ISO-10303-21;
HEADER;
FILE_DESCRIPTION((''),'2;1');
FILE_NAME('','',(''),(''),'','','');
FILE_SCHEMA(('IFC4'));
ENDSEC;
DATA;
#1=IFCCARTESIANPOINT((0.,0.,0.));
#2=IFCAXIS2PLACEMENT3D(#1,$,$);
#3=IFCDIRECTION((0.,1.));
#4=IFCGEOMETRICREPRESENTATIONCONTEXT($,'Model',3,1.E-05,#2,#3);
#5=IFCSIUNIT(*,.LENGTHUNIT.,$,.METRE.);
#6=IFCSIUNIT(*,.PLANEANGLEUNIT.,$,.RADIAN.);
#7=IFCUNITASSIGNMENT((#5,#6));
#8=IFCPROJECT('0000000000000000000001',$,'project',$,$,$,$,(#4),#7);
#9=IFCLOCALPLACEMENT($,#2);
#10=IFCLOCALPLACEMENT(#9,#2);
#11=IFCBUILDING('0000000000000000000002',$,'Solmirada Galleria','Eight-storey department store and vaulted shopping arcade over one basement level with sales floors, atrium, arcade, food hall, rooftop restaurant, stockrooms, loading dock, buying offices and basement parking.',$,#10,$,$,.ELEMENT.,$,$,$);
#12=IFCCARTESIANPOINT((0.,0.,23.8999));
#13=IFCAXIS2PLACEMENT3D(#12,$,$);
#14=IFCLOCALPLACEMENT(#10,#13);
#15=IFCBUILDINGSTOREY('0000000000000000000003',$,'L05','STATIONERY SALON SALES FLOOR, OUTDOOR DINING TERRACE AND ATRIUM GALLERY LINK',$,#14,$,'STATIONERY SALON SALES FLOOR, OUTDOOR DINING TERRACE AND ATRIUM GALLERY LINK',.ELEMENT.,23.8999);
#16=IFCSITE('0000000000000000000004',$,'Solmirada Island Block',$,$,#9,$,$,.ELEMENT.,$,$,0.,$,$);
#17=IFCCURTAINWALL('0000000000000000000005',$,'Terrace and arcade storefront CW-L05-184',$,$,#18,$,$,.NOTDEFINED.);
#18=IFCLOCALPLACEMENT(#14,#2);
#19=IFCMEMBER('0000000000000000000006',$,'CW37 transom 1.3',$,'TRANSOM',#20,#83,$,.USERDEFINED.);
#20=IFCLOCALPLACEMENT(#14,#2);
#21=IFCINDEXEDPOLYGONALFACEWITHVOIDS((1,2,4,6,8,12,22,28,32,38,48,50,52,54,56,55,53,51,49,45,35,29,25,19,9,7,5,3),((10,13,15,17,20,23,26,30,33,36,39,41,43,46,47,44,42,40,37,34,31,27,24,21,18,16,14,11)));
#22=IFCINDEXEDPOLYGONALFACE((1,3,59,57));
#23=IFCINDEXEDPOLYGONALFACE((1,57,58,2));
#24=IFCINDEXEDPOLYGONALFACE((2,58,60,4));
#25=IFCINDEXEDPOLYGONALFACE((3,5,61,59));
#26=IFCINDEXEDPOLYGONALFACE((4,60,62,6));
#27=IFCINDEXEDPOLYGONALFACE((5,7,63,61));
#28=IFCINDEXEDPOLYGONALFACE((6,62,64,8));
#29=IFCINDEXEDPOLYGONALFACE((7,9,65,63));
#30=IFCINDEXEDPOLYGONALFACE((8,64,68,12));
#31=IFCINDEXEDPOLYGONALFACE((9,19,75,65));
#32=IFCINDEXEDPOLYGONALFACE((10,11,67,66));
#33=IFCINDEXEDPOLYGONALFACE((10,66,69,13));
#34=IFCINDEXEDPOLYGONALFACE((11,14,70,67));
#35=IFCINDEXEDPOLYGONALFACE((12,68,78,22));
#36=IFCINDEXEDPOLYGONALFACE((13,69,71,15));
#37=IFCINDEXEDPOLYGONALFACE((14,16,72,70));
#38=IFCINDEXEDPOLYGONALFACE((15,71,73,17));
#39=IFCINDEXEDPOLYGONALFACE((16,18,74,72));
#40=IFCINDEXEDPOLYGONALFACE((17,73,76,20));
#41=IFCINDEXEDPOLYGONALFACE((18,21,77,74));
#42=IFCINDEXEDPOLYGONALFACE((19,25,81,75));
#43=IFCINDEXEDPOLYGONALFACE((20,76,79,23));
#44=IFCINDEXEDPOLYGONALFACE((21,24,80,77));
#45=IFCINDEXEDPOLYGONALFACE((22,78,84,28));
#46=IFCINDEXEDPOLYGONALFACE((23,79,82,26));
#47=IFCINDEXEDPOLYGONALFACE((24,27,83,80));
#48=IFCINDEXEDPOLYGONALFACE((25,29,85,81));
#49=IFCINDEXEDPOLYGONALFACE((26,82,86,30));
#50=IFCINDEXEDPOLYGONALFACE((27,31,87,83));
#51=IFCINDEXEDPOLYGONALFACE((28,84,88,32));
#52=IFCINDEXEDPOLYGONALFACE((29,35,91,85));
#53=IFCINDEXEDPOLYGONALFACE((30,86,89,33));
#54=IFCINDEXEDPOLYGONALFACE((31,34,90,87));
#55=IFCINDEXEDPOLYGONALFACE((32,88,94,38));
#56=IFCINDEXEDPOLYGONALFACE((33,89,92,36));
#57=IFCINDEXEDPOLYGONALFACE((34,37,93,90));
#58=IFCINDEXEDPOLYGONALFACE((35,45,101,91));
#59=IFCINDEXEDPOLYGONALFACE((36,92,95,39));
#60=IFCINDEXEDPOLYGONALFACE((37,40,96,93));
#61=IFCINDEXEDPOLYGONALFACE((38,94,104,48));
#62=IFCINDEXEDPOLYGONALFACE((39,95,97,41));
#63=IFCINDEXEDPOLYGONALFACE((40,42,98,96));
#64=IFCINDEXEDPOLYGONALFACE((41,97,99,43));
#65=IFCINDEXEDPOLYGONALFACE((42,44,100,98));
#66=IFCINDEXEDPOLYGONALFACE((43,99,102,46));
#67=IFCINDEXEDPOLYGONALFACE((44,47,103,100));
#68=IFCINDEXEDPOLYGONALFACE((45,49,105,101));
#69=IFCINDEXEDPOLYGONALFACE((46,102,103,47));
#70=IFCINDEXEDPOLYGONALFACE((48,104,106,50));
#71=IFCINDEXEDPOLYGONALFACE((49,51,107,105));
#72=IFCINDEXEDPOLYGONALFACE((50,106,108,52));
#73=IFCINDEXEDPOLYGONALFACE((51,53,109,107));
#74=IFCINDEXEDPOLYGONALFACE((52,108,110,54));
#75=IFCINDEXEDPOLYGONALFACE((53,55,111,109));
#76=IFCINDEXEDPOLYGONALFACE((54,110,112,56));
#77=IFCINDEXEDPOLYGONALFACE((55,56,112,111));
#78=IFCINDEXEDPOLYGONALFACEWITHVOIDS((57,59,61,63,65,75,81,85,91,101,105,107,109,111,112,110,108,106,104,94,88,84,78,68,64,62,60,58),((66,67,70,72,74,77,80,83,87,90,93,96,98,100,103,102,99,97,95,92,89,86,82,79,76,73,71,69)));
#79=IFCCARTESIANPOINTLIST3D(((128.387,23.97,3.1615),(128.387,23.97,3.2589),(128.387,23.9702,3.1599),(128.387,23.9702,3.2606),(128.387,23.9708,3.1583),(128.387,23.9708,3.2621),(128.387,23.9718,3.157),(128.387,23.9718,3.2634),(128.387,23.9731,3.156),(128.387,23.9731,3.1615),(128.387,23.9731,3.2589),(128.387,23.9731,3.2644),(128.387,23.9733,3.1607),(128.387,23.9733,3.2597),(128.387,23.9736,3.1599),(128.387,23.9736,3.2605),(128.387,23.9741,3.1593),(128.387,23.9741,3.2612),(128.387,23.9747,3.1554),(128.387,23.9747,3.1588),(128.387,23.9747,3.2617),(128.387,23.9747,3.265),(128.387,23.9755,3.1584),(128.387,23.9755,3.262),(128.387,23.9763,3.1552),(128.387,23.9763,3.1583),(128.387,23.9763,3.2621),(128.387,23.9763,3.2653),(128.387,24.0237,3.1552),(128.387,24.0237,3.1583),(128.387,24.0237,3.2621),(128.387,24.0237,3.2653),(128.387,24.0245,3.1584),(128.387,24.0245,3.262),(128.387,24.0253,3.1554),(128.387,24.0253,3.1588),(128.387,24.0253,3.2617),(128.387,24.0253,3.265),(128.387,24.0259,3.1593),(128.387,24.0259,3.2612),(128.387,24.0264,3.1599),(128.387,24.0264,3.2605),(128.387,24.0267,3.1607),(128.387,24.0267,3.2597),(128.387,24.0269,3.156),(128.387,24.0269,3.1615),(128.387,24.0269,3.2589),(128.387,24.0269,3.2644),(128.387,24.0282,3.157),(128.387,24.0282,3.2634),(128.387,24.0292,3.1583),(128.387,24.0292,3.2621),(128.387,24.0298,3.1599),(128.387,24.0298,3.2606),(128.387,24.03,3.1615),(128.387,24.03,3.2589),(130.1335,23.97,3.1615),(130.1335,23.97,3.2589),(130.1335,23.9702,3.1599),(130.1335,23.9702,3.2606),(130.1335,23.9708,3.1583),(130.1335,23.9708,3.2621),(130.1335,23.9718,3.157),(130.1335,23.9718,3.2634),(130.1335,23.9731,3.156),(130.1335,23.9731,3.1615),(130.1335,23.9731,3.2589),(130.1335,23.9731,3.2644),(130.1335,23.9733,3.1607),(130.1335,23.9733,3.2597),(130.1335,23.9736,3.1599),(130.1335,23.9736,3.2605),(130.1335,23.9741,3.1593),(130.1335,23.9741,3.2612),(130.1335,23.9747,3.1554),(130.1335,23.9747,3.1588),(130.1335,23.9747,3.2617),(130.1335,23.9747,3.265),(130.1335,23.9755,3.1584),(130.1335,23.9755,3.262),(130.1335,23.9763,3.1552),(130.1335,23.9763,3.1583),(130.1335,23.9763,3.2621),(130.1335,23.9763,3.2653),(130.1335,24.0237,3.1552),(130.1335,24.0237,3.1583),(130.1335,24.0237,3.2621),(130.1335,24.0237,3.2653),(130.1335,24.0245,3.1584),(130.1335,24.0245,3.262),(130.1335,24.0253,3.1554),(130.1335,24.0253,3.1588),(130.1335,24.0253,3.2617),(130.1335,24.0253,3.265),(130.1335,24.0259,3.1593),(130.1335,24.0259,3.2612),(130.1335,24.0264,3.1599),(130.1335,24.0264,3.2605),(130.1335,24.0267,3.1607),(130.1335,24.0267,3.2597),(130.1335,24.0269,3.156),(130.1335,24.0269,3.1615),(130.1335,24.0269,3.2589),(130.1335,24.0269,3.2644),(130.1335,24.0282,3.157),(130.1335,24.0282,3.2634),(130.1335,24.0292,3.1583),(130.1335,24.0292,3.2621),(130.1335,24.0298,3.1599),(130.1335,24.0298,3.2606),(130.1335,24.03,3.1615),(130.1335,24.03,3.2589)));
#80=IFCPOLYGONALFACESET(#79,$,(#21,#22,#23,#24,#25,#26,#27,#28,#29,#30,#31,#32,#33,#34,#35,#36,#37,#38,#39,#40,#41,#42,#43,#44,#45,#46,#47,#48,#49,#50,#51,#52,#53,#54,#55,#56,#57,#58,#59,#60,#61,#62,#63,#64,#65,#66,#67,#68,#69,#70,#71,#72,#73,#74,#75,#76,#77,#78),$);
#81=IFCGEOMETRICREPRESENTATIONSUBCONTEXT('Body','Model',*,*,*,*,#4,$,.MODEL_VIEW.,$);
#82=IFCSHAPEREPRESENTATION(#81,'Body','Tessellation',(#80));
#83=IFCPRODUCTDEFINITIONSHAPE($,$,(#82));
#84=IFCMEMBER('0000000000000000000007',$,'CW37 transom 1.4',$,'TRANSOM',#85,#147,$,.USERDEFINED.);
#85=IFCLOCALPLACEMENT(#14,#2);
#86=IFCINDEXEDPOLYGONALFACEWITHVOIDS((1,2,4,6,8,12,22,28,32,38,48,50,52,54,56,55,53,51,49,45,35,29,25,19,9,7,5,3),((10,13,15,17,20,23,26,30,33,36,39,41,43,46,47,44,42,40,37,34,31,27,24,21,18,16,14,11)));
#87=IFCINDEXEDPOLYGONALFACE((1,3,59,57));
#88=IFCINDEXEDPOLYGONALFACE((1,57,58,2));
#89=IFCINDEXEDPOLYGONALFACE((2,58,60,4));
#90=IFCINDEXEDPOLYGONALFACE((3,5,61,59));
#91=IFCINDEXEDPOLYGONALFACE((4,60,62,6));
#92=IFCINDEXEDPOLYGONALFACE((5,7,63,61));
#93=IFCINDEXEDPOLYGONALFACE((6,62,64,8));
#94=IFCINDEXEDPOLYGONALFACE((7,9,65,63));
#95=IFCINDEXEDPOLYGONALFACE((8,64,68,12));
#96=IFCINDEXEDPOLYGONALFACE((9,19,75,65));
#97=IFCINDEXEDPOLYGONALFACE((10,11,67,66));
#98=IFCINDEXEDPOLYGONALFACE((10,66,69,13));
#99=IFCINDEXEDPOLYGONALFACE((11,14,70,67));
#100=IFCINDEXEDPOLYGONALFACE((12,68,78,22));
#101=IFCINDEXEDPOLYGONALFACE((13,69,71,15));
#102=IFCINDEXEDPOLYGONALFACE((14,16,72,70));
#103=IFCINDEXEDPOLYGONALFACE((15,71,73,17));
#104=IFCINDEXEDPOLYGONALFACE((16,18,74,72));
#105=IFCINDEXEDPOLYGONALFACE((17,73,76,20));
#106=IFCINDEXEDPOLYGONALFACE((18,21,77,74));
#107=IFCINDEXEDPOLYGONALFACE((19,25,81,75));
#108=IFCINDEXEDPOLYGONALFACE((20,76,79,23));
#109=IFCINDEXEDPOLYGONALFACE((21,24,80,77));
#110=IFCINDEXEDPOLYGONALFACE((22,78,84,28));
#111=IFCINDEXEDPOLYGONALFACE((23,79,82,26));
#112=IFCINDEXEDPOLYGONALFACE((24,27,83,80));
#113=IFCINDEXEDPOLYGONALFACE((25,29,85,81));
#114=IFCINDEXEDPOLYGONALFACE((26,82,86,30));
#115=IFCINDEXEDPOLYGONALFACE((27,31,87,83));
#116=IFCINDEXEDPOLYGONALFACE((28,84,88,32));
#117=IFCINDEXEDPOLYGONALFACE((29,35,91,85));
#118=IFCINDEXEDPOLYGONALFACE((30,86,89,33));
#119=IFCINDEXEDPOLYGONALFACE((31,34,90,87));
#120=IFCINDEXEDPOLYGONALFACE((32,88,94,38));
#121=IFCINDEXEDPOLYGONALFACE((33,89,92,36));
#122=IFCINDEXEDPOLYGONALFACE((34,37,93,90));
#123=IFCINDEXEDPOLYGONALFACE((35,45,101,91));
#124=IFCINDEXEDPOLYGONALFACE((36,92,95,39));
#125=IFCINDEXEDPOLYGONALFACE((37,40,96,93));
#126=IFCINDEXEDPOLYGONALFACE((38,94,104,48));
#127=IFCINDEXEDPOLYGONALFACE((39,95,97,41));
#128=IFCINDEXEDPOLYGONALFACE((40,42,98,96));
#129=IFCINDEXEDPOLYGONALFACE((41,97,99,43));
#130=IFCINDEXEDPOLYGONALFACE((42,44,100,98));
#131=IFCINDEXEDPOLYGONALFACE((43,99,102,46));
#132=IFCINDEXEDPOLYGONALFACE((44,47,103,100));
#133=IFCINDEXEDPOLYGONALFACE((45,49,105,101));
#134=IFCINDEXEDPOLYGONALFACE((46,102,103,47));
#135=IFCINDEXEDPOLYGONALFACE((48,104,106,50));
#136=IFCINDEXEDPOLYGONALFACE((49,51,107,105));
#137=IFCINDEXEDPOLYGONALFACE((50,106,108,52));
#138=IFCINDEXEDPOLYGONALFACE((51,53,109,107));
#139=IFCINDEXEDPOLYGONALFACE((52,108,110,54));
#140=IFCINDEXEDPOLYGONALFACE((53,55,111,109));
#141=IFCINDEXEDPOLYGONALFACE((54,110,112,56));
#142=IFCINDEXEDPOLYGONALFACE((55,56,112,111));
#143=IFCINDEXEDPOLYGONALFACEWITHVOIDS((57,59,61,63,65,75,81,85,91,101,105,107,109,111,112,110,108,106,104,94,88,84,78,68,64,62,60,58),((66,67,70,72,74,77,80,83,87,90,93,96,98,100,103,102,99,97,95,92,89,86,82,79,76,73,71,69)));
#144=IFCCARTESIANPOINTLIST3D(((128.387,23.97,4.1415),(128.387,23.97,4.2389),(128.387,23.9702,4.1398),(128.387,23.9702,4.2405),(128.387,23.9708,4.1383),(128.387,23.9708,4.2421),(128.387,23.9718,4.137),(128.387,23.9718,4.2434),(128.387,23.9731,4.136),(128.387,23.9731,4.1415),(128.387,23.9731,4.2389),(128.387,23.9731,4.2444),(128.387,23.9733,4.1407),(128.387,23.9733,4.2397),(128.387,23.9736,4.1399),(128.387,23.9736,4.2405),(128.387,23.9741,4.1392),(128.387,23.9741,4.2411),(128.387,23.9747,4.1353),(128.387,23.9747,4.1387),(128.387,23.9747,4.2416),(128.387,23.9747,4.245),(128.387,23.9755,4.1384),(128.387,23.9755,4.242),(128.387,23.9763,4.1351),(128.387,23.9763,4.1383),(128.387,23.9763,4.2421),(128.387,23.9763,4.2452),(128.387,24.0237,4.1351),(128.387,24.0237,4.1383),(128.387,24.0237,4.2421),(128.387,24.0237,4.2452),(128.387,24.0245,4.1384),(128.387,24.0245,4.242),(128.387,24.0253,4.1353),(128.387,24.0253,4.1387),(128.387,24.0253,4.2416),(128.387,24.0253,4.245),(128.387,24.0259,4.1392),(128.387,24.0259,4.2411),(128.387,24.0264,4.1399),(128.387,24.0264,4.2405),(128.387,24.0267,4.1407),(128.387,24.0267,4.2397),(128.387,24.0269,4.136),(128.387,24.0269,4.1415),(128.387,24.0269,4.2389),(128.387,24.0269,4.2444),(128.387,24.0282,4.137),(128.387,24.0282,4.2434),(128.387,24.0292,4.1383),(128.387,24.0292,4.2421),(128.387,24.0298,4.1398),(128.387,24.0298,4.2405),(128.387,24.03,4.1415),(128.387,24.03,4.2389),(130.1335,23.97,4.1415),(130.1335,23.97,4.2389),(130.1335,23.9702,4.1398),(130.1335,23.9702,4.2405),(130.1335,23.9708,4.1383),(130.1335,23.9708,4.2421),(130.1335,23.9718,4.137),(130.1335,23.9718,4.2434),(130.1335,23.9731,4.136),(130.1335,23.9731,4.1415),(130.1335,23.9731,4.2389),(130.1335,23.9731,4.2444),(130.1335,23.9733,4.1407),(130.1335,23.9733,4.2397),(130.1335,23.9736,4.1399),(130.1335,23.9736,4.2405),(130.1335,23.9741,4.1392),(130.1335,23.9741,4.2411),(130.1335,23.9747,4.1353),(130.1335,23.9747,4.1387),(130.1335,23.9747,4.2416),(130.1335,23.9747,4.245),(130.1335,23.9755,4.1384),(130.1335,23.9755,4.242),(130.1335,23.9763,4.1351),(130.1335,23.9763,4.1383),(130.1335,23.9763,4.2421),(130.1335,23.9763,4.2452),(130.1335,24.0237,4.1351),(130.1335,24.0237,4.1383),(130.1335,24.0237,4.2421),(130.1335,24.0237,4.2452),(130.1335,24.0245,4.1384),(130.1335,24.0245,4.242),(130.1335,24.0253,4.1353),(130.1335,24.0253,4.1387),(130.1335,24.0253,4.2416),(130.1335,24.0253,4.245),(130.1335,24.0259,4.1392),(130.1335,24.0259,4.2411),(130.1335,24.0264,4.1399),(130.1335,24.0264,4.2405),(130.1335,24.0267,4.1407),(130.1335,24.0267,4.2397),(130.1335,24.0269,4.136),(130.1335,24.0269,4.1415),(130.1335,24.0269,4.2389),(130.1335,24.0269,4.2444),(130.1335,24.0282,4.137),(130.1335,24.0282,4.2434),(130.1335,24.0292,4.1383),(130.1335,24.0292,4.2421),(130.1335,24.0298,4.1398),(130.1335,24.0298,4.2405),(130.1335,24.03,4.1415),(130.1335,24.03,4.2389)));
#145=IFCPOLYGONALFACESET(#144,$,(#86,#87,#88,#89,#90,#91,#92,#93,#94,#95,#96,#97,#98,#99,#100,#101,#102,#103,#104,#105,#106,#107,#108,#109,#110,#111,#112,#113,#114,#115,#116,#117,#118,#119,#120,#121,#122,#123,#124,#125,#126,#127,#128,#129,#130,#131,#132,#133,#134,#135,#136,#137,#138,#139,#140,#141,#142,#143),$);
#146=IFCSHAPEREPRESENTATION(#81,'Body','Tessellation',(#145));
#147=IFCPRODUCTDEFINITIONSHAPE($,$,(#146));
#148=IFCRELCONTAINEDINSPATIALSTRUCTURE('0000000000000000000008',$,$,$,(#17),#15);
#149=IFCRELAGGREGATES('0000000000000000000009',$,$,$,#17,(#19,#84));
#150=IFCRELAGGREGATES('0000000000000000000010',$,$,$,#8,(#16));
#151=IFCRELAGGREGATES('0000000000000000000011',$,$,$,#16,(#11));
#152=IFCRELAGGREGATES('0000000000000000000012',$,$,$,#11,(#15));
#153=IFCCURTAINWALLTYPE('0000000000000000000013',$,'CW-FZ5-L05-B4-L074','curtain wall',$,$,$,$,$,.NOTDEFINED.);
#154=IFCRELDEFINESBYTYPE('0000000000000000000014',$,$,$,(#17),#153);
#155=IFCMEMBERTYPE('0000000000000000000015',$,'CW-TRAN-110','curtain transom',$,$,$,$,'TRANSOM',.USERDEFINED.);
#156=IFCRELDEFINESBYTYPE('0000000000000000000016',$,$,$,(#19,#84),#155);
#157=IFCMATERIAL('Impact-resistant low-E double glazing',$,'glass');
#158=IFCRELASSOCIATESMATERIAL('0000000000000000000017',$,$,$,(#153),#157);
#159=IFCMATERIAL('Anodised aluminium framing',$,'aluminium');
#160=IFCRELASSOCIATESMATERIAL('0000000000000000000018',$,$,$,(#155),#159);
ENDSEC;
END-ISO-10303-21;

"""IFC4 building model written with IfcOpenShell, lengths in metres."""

from ifc_helpers import new_model, si_unit, direction, frame, origin, origin_2d, place, context, subcontext, project, spatial, hollow_rectangle, extrude, material, material_profile, profile_set, type_object, element, aggregate, save


model = new_model("IFC4")

# Units and contexts
model_context = context("Model", 3, precision=1e-05, world=origin(), true_north=direction((0.0, 1.0)))
body_context = subcontext(model_context, "Body", "Model", "MODEL_VIEW")
ifc_project = project(units=[si_unit("LENGTHUNIT", "METRE"), si_unit("PLANEANGLEUNIT", "RADIAN")], contexts=[model_context])

# Site, building, storey
site_placement = place(None, origin())
site = spatial("IfcSite", under=ifc_project, at=site_placement, Name="Solmirada Island Block", CompositionType="ELEMENT", RefElevation=0.0)
building_placement = place(site_placement, origin())
building = spatial("IfcBuilding", under=site, at=building_placement, Name="Solmirada Galleria", Description="Eight-storey department store and vaulted shopping arcade over one basement level with sales floors, atrium, arcade, food hall, rooftop restaurant, stockrooms, loading dock, buying offices and basement parking.", CompositionType="ELEMENT")
storey_placement = place(building_placement, frame((0.0, 0.0, 23.8999)))
storey = spatial("IfcBuildingStorey", under=building, at=storey_placement, Name="L05", Description="STATIONERY SALON SALES FLOOR, OUTDOOR DINING TERRACE AND ATRIUM GALLERY LINK", LongName="STATIONERY SALON SALES FLOOR, OUTDOOR DINING TERRACE AND ATRIUM GALLERY LINK", CompositionType="ELEMENT", Elevation=23.8999)

# Curtain wall, members
ifc_material_1 = material(Name="Impact-resistant low-E double glazing", Category="glass")
curtain_wall_type = type_object("IfcCurtainWallType", Name="CW-FZ5-L05-B4-L074", Description="curtain wall", PredefinedType="NOTDEFINED", material=ifc_material_1)
curtain_wall_placement = place(storey_placement, origin())
curtain_wall = element("IfcCurtainWall", 1, at=curtain_wall_placement, inside=storey, type_object=curtain_wall_type, Name="Terrace and arcade storefront CW-L05-184", PredefinedType="NOTDEFINED")
ifc_material_2 = material(Name="Anodised aluminium framing", Category="aluminium")
ifc_material_profile_1 = material_profile(ifc_material_2, hollow_rectangle(XDim=0.0601, YDim=0.1101, WallThickness=0.0032, InnerFilletRadius=0.0032, OuterFilletRadius=0.0063, at=origin_2d()), Name="ALU-TRAN-110X60")
ifc_profile_set_1 = profile_set([ifc_material_profile_1], Name="Anodised aluminium framing")
member_type_1 = type_object("IfcMemberType", Name="CW-TRAN-110", Description="curtain transom", ElementType="TRANSOM", PredefinedType="USERDEFINED", material=ifc_profile_set_1)
member_1_placement = place(storey_placement, frame((128.387, 24.0, 3.2102), z_axis=(1.0, 0.0, 0.0), x_axis=(0.0, 1.0, 0.0)))
member_1 = element("IfcMember", 2, at=member_1_placement, type_object=member_type_1, Name="CW37 transom 1.3", ObjectType="TRANSOM", PredefinedType="USERDEFINED", context=body_context, shape_type="SweptSolid", body=[
    extrude(hollow_rectangle(XDim=0.0601, YDim=0.1101, WallThickness=0.0032, InnerFilletRadius=0.0032, OuterFilletRadius=0.0063, at=origin_2d()), origin(), (0.0, 0.0, 1.0), 1.7466),
])
member_2_placement = place(storey_placement, frame((128.387, 24.0, 4.1902), z_axis=(1.0, 0.0, 0.0), x_axis=(0.0, 1.0, 0.0)))
member_2 = element("IfcMember", 3, at=member_2_placement, type_object=member_type_1, Name="CW37 transom 1.4", ObjectType="TRANSOM", PredefinedType="USERDEFINED", context=body_context, shape_type="SweptSolid", body=[
    extrude(hollow_rectangle(XDim=0.0601, YDim=0.1101, WallThickness=0.0032, InnerFilletRadius=0.0032, OuterFilletRadius=0.0063, at=origin_2d()), origin(), (0.0, 0.0, 1.0), 1.7466),
])
aggregate(curtain_wall, [member_1, member_2])

save(model, "model.ifc")
